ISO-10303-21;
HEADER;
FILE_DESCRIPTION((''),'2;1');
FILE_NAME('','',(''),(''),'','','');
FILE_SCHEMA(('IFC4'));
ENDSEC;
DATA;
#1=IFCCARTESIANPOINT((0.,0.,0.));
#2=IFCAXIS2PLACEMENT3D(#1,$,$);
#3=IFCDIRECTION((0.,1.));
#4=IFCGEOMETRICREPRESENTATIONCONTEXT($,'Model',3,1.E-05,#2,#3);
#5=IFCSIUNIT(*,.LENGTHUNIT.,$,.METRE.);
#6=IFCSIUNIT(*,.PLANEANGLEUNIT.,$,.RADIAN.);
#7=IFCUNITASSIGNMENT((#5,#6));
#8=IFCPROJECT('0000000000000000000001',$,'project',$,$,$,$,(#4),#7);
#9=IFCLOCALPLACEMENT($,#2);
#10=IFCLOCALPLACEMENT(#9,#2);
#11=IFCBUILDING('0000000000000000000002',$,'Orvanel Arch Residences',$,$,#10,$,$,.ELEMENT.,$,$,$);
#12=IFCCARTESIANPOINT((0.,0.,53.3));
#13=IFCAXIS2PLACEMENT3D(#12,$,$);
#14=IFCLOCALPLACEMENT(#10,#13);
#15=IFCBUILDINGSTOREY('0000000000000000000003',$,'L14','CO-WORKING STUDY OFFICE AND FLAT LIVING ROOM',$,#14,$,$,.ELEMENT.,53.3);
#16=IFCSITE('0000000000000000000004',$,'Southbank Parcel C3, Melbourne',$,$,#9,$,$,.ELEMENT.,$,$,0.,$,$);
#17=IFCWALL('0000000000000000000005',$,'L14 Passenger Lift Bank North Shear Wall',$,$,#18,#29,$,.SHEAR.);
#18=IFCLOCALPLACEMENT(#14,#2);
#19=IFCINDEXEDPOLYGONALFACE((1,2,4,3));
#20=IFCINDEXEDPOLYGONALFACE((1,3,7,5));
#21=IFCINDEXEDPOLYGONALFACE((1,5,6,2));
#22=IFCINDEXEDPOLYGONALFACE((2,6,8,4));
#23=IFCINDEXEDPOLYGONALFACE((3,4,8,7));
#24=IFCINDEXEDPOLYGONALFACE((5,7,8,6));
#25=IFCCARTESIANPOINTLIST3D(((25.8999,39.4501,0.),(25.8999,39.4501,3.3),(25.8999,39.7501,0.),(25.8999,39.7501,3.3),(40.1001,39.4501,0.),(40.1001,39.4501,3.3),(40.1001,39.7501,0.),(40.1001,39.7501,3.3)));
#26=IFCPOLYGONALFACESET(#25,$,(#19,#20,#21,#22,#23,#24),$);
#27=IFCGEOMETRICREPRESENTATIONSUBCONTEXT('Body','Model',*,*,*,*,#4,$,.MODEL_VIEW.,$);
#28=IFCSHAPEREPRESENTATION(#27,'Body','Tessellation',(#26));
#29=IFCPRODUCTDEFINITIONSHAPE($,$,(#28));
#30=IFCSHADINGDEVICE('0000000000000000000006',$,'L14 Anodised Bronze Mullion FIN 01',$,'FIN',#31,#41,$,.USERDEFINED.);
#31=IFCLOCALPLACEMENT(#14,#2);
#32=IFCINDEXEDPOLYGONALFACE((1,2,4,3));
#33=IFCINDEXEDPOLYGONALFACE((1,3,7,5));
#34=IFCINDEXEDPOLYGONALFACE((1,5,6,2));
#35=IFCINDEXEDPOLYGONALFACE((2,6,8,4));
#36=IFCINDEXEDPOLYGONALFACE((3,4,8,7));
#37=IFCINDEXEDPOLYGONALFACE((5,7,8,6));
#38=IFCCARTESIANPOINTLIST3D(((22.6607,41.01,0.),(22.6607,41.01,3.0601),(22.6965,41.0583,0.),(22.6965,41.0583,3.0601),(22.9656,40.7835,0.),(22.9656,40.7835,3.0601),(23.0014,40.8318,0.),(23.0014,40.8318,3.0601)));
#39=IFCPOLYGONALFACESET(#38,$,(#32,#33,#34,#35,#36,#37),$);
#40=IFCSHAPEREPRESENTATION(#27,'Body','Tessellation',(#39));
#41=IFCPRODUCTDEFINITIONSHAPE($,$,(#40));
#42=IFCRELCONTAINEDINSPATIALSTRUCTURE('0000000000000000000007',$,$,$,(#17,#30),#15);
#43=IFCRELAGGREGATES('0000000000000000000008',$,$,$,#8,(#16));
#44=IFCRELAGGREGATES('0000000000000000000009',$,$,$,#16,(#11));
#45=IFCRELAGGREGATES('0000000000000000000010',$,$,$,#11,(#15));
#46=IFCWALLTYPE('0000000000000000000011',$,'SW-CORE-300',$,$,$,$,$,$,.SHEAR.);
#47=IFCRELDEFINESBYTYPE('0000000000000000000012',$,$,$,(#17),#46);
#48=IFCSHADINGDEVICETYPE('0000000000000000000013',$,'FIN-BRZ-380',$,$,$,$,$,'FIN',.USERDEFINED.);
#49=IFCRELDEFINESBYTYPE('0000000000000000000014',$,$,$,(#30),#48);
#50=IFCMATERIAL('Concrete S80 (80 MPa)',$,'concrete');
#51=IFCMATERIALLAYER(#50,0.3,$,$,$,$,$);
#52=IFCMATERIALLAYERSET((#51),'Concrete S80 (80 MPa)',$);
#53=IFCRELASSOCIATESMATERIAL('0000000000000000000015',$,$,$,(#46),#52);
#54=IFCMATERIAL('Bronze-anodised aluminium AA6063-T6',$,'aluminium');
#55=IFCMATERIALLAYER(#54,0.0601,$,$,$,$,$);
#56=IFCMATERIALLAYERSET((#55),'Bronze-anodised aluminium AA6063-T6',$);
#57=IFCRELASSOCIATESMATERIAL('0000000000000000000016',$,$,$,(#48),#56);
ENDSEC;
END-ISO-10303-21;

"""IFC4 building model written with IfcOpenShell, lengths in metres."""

from ifc_helpers import new_model, si_unit, direction, frame, frame_2d, origin, origin_2d, place, context, subcontext, project, spatial, rectangle, extrude, material, layer, layer_set, type_object, element, save


model = new_model("IFC4")

# Units and contexts
model_context = context("Model", 3, precision=1e-05, world=origin(), true_north=direction((0.0, 1.0)))
body_context = subcontext(model_context, "Body", "Model", "MODEL_VIEW")
ifc_project = project(units=[si_unit("LENGTHUNIT", "METRE"), si_unit("PLANEANGLEUNIT", "RADIAN")], contexts=[model_context])

# Site, building, storey
site_placement = place(None, origin())
site = spatial("IfcSite", under=ifc_project, at=site_placement, Name="Southbank Parcel C3, Melbourne", CompositionType="ELEMENT", RefElevation=0.0)
building_placement = place(site_placement, origin())
building = spatial("IfcBuilding", under=site, at=building_placement, Name="Orvanel Arch Residences", CompositionType="ELEMENT")
storey_placement = place(building_placement, frame((0.0, 0.0, 53.3)))
storey = spatial("IfcBuildingStorey", under=building, at=storey_placement, Name="L14", Description="CO-WORKING STUDY OFFICE AND FLAT LIVING ROOM", CompositionType="ELEMENT", Elevation=53.3)

# Shared definitions
ifc_material_1 = material(Name="Bronze-anodised aluminium AA6063-T6", Category="aluminium")

# Wall
ifc_material_2 = material(Name="Concrete S80 (80 MPa)", Category="concrete")
ifc_layer_1 = layer(ifc_material_2, 0.3)
ifc_layer_set_1 = layer_set([ifc_layer_1], Name="Concrete S80 (80 MPa)")
wall_type = type_object("IfcWallType", Name="SW-CORE-300", PredefinedType="SHEAR", material=ifc_layer_set_1)
wall_placement = place(storey_placement, frame((25.8999, 39.6001, 0.0), z_axis=(0.0, 0.0, 1.0), x_axis=(1.0, 0.0, 0.0)))
element("IfcWall", 1, at=wall_placement, inside=storey, type_object=wall_type, Name="L14 Passenger Lift Bank North Shear Wall", PredefinedType="SHEAR", context=body_context, shape_type="SweptSolid", body=[
    extrude(rectangle(XDim=14.2002, YDim=0.3, at=frame_2d((7.1001, 0.0))), origin(), (0.0, 0.0, 1.0), 3.3),
])

# Shading device
ifc_layer_2 = layer(ifc_material_1, 0.0601)
ifc_layer_set_2 = layer_set([ifc_layer_2], Name="Bronze-anodised aluminium AA6063-T6")
shading_device_type = type_object("IfcShadingDeviceType", Name="FIN-BRZ-380", ElementType="FIN", PredefinedType="USERDEFINED", material=ifc_layer_set_2)
shading_device_placement = place(storey_placement, frame((22.8311, 40.9209, 0.0), z_axis=(0.0, 0.0, 1.0), x_axis=(-0.802817, 0.596225, 0.0)))
element("IfcShadingDevice", 2, at=shading_device_placement, inside=storey, type_object=shading_device_type, Name="L14 Anodised Bronze Mullion FIN 01", ObjectType="FIN", PredefinedType="USERDEFINED", context=body_context, shape_type="SweptSolid", body=[
    extrude(rectangle(XDim=0.3799, YDim=0.0601, at=origin_2d()), origin(), (0.0, 0.0, 1.0), 3.0601),
])

save(model, "model.ifc")
